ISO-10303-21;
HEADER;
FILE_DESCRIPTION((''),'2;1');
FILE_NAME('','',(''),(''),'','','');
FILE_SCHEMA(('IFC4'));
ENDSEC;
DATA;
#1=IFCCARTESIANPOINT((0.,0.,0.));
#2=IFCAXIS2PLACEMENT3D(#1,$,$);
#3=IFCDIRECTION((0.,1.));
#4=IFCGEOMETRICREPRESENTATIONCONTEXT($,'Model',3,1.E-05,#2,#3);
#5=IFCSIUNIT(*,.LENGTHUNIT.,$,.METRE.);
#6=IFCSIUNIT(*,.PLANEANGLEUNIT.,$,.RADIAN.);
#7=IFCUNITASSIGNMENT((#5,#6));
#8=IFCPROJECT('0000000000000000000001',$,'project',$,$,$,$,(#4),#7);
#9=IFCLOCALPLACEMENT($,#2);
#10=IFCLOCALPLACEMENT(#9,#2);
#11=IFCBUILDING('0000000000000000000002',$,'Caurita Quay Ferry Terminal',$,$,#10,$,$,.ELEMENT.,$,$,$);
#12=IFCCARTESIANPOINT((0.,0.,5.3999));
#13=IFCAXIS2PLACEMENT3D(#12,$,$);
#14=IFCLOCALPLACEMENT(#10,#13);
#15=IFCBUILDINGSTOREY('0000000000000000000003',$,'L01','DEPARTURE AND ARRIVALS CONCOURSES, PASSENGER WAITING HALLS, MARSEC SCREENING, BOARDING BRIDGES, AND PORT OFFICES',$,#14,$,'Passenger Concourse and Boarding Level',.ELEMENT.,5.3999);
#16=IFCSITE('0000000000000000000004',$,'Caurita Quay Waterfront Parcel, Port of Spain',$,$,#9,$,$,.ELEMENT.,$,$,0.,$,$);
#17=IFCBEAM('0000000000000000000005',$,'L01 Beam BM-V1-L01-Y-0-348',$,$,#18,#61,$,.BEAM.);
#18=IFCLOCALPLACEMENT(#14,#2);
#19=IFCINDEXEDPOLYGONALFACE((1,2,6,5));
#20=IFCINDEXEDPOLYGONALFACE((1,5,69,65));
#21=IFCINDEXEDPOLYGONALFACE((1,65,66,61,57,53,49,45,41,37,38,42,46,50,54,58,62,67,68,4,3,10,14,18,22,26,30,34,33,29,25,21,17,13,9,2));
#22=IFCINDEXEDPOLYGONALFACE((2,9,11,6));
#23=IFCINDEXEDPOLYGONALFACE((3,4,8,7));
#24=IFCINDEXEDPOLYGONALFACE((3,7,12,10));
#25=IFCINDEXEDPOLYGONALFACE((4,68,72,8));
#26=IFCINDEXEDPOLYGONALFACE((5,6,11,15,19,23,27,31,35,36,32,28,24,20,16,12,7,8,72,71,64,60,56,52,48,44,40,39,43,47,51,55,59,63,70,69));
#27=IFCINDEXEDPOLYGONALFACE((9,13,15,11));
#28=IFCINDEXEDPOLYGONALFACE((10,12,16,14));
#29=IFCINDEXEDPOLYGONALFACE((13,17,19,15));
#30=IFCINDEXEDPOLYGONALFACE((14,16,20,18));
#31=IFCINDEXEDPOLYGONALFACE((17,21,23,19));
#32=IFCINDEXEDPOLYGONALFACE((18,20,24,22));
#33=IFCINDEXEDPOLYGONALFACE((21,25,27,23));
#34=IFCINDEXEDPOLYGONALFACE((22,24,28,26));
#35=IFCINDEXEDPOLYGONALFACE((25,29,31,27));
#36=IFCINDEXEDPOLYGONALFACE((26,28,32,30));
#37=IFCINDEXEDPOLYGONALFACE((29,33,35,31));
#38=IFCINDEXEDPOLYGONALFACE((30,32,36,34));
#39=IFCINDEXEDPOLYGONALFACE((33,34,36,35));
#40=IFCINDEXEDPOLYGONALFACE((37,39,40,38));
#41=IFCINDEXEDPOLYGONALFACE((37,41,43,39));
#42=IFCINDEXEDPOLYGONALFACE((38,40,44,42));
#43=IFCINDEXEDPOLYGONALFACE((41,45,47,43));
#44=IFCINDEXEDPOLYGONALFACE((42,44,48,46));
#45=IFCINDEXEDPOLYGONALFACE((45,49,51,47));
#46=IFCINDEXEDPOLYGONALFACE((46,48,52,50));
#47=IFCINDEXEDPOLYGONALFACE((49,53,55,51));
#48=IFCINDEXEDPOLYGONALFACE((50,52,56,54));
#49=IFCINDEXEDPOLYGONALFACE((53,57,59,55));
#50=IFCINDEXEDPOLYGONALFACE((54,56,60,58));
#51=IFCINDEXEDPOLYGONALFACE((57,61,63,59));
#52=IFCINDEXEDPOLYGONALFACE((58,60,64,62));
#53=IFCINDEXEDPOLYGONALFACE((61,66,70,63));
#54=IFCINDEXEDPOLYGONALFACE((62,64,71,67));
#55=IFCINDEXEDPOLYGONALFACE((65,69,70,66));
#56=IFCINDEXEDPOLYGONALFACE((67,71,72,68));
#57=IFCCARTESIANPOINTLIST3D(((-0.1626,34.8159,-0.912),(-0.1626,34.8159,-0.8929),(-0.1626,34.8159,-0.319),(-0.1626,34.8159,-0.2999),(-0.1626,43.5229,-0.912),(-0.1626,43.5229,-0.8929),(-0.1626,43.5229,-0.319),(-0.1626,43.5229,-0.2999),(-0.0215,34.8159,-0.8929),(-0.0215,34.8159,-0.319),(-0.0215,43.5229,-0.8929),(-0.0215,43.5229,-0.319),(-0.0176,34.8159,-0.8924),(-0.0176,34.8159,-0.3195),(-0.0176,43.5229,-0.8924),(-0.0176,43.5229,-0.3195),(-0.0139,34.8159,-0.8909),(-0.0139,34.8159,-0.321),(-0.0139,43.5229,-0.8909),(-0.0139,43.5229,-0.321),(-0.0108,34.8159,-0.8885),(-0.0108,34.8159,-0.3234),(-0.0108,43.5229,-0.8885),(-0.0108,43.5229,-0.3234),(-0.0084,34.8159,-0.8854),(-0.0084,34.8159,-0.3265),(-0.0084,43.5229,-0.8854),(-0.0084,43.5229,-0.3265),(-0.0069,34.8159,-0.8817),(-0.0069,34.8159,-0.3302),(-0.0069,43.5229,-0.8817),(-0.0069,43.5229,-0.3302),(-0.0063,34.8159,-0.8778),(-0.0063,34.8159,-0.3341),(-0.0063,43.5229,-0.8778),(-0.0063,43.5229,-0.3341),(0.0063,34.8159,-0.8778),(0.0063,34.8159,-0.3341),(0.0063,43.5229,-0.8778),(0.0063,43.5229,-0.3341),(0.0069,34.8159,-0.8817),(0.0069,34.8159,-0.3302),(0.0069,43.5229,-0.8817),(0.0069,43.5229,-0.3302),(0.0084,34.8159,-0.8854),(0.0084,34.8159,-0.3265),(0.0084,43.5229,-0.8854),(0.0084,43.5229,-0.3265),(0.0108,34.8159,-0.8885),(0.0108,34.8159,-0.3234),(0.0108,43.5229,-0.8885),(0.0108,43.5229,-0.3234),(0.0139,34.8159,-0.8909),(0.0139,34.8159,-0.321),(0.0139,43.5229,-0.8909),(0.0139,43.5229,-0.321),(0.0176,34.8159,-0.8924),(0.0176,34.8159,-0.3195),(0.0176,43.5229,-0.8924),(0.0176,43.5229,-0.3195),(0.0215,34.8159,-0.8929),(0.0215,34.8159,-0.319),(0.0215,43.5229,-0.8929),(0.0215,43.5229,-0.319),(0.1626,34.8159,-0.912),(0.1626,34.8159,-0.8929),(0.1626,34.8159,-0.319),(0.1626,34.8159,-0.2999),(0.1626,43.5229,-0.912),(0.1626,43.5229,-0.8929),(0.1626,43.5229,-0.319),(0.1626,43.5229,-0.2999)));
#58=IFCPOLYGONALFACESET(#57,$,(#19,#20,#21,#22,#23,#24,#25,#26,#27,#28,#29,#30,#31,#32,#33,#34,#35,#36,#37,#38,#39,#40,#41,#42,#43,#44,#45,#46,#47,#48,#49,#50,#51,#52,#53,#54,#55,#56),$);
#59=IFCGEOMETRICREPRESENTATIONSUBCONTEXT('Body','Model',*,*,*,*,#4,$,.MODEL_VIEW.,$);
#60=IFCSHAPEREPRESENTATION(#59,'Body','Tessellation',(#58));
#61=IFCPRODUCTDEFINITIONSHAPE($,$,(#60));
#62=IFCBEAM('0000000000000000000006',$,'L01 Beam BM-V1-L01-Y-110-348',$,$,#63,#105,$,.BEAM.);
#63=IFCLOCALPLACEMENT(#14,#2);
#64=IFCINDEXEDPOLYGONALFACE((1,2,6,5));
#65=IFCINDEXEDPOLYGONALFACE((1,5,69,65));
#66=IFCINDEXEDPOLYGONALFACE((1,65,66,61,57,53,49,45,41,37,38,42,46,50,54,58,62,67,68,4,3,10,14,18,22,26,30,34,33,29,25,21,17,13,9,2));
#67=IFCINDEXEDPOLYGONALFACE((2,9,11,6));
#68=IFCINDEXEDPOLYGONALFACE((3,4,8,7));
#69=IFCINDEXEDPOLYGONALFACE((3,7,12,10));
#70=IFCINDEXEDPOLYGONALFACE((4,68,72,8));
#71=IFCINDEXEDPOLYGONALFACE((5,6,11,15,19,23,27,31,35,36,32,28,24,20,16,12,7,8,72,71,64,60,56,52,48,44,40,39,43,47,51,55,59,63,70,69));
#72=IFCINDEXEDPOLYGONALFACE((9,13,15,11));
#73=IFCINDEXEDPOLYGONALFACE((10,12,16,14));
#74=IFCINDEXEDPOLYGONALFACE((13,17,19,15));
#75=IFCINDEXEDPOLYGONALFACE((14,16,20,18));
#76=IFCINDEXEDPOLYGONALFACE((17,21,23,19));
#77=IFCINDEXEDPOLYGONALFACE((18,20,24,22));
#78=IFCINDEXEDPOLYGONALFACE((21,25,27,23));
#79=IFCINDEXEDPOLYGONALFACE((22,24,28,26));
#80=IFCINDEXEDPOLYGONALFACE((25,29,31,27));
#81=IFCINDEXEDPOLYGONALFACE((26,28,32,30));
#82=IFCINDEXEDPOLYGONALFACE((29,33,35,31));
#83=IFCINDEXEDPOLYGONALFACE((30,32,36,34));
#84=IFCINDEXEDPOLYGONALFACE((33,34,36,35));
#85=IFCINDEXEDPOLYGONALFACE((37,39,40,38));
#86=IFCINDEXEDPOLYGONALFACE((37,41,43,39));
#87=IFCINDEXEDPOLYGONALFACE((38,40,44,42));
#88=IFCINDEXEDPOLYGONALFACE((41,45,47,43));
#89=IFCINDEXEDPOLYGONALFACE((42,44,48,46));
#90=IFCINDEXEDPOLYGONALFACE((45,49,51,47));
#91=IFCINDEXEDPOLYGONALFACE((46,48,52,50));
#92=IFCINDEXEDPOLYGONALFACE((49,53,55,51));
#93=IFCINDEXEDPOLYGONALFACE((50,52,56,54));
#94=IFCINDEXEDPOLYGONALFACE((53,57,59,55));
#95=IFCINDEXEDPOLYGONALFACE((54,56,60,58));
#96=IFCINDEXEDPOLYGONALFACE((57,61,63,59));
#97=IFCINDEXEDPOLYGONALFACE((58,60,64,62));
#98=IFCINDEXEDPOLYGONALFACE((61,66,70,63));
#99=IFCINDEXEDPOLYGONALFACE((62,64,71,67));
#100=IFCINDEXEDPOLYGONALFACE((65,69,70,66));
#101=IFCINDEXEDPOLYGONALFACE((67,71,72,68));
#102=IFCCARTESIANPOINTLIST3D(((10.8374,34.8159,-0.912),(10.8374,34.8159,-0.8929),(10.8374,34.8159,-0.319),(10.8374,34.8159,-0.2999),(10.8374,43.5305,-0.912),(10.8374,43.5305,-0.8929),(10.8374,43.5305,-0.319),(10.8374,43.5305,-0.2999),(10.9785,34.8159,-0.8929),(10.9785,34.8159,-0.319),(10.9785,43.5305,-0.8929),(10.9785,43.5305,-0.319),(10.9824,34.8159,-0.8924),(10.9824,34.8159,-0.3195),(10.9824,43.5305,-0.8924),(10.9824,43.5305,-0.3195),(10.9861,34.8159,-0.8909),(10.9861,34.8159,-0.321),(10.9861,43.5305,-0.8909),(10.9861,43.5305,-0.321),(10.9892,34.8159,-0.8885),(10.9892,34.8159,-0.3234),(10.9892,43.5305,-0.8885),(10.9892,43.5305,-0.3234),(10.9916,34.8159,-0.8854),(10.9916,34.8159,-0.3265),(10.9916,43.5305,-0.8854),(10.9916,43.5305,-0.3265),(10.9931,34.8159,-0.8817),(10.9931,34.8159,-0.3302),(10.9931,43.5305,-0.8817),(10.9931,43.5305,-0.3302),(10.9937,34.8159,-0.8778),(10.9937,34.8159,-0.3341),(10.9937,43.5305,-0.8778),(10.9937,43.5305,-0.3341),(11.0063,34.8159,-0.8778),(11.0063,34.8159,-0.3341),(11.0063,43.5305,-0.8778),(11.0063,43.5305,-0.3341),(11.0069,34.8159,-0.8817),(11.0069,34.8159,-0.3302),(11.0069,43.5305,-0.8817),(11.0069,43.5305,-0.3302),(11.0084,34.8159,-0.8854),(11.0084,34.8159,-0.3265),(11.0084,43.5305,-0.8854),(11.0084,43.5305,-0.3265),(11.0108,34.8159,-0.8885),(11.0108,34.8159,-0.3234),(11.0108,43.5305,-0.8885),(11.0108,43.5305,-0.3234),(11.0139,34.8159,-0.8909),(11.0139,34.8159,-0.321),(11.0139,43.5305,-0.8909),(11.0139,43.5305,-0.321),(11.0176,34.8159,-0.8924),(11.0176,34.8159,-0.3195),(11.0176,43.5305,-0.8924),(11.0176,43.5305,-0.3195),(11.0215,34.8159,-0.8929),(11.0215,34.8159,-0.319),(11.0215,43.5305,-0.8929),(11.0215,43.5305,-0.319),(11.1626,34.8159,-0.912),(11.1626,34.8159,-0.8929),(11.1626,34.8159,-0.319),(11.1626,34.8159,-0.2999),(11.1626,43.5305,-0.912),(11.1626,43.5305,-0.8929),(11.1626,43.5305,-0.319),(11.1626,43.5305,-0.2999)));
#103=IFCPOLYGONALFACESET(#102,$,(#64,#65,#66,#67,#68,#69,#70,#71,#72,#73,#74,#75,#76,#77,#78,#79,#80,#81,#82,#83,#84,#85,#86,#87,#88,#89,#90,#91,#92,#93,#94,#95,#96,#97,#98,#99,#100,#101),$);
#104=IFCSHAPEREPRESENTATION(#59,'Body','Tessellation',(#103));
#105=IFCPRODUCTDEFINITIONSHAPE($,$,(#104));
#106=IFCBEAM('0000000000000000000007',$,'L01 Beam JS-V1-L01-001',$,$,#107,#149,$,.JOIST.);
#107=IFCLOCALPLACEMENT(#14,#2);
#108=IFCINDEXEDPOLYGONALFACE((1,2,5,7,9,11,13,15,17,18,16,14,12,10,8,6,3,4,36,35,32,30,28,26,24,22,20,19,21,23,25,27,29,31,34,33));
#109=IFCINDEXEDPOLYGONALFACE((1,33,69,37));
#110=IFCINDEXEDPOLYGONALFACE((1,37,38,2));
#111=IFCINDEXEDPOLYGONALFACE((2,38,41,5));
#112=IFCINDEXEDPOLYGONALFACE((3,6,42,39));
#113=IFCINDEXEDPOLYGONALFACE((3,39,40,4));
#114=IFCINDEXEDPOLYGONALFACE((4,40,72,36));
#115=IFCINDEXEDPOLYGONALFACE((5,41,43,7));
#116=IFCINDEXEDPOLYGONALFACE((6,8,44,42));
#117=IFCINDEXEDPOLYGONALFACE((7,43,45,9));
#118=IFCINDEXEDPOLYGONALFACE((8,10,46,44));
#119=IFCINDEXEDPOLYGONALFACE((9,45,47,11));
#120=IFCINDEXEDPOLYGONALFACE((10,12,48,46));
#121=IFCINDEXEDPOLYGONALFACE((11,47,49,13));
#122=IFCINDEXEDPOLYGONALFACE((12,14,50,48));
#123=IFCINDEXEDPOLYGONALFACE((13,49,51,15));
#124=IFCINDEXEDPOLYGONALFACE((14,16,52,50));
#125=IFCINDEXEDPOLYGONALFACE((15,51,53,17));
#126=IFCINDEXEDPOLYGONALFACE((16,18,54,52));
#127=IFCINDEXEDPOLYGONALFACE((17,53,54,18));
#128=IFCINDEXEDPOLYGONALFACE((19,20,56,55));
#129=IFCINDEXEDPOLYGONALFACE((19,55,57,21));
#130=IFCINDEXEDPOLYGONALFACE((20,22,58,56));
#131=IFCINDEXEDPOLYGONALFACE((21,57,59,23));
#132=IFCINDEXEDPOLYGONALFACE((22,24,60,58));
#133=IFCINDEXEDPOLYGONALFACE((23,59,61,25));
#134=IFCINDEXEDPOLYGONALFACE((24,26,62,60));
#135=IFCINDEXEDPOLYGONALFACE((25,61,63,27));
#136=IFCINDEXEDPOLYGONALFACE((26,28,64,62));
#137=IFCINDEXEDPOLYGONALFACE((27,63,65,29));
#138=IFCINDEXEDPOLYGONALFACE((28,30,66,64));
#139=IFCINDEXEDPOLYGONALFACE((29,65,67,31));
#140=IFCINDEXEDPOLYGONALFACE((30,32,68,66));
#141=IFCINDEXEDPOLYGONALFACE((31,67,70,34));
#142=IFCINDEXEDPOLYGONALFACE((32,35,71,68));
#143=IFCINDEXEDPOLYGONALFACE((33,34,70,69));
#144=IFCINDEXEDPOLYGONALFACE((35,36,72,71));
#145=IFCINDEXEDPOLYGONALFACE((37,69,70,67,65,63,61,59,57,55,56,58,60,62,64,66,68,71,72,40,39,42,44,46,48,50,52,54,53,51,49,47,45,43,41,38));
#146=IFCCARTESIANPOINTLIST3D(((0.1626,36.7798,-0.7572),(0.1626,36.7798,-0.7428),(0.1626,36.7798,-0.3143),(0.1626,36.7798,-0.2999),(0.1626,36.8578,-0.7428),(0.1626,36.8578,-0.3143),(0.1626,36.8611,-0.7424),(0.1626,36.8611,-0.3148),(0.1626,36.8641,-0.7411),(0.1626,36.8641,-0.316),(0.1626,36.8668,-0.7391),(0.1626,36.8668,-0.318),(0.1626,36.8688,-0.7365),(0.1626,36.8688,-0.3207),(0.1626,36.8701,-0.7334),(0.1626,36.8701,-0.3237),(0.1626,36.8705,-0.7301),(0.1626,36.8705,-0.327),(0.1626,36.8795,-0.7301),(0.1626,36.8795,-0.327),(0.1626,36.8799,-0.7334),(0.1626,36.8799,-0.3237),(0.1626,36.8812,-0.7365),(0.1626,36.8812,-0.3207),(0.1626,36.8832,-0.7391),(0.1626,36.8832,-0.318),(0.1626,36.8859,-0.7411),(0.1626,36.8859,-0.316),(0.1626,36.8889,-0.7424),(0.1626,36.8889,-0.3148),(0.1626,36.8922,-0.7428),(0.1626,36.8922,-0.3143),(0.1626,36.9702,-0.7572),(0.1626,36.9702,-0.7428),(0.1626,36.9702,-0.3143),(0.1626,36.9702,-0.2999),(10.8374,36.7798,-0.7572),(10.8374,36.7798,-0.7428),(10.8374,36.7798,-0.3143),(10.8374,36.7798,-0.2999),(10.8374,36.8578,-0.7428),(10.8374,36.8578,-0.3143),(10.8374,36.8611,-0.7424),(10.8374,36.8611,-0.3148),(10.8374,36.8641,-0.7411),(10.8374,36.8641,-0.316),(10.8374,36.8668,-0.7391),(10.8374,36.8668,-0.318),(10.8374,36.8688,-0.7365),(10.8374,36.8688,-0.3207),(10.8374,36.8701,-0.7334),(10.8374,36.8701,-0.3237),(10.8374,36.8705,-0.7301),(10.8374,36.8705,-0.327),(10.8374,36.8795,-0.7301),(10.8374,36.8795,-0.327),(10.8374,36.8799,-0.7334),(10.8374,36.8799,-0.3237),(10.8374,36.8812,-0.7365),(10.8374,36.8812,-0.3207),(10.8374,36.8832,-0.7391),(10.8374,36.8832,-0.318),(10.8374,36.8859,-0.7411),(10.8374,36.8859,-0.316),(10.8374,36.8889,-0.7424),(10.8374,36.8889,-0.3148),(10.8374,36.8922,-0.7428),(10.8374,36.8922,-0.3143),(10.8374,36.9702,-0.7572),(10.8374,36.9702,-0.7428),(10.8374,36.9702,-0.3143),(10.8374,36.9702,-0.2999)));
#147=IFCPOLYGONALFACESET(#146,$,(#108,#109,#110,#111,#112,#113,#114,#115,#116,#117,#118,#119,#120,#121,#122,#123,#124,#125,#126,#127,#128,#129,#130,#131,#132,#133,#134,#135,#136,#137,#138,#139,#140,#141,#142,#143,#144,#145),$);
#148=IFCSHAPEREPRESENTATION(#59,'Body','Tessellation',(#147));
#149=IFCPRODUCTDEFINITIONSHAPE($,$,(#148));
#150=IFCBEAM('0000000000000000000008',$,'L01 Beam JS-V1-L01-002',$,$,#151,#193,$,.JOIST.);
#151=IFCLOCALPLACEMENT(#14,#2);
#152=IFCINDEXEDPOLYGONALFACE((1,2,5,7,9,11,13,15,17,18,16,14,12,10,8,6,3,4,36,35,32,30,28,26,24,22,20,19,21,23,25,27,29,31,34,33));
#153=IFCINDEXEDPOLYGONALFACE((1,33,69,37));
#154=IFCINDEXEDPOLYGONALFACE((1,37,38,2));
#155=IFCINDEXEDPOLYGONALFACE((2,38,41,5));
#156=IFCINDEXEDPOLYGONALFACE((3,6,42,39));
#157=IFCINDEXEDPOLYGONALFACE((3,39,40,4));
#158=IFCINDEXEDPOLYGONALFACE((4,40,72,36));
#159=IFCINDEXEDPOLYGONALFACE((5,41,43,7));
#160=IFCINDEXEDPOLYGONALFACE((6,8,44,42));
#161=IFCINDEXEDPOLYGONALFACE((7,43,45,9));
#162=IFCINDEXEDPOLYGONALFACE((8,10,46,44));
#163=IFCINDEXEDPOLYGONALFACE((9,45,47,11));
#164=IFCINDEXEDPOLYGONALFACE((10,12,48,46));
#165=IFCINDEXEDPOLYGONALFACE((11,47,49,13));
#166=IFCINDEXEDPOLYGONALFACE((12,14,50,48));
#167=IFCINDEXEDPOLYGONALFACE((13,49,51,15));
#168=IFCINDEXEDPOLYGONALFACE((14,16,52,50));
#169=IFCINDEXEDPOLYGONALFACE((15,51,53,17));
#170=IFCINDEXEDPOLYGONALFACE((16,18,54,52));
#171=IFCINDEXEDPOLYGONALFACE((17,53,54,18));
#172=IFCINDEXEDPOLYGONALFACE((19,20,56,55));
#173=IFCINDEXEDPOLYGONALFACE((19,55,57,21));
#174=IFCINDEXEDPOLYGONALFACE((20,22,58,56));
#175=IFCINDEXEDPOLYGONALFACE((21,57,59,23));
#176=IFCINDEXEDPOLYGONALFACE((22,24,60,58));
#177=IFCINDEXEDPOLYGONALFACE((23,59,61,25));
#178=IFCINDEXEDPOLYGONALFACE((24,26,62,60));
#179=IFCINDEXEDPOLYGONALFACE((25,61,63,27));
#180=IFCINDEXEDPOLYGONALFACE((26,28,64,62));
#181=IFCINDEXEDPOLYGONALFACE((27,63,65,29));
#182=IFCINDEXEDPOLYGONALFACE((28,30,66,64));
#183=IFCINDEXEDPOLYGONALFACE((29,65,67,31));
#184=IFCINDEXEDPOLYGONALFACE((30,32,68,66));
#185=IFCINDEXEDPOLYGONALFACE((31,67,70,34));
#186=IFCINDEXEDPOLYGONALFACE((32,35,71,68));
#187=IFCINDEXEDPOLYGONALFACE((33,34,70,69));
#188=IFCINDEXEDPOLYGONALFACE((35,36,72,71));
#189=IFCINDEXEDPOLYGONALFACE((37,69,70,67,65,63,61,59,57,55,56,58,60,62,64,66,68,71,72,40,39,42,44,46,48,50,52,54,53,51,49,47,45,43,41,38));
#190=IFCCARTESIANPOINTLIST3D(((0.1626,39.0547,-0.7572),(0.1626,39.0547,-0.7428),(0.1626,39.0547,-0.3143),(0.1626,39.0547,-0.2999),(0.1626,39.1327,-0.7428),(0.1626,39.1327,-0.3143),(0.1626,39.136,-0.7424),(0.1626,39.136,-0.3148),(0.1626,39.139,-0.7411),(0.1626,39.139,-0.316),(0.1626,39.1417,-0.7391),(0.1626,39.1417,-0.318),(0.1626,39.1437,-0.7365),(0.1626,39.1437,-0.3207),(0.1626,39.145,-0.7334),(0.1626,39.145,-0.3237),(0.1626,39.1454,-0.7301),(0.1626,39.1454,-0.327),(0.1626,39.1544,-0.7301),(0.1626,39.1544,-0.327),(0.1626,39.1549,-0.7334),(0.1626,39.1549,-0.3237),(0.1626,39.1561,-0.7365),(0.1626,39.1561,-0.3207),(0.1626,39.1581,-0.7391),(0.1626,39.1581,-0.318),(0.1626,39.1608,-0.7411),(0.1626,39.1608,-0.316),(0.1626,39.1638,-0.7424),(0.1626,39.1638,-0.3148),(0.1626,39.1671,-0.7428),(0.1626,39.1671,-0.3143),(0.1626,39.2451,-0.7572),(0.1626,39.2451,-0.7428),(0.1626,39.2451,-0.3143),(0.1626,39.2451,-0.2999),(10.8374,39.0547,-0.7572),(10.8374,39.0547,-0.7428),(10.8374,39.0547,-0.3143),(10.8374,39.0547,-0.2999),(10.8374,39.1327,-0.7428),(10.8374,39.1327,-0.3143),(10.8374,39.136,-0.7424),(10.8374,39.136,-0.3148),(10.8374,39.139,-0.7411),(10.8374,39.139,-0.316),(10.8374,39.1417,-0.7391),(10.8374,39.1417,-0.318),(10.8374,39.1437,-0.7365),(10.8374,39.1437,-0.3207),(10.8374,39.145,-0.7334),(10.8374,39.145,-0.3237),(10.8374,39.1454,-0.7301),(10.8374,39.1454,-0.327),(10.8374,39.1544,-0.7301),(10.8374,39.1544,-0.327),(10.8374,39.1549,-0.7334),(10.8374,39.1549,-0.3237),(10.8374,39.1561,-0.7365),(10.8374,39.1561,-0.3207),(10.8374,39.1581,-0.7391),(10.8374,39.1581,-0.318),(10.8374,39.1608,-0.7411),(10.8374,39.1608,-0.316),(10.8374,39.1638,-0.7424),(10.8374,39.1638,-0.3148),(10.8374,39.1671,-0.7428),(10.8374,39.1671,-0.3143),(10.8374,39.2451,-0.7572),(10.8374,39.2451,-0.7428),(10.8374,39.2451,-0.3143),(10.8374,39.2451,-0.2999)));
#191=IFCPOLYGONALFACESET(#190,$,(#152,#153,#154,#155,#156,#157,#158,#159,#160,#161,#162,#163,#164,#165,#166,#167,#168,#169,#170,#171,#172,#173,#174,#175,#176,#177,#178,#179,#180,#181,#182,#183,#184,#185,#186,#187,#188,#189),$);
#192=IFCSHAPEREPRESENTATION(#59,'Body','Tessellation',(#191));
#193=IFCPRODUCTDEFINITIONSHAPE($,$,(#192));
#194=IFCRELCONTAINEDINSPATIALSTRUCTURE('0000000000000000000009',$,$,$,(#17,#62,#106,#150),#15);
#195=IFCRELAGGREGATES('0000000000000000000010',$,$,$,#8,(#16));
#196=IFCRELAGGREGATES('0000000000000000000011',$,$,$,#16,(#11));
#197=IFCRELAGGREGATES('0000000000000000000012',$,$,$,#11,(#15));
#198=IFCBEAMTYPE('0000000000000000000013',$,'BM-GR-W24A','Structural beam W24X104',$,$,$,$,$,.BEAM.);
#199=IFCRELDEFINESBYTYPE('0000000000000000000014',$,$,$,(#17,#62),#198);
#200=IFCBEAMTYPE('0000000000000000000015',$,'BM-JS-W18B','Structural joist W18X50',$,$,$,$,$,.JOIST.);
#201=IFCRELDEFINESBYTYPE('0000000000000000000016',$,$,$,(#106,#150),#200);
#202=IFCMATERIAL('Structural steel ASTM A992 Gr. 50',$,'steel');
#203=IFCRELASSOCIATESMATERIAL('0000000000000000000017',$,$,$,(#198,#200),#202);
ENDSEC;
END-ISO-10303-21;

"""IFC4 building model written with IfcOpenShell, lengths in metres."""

from ifc_helpers import new_model, si_unit, direction, frame, origin, origin_2d, place, context, subcontext, project, spatial, i_section, extrude, material, material_profile, profile_set, type_object, element, save


model = new_model("IFC4")

# Units and contexts
model_context = context("Model", 3, precision=1e-05, world=origin(), true_north=direction((0.0, 1.0)))
body_context = subcontext(model_context, "Body", "Model", "MODEL_VIEW")
ifc_project = project(units=[si_unit("LENGTHUNIT", "METRE"), si_unit("PLANEANGLEUNIT", "RADIAN")], contexts=[model_context])

# Site, building, storey
site_placement = place(None, origin())
site = spatial("IfcSite", under=ifc_project, at=site_placement, Name="Caurita Quay Waterfront Parcel, Port of Spain", CompositionType="ELEMENT", RefElevation=0.0)
building_placement = place(site_placement, origin())
building = spatial("IfcBuilding", under=site, at=building_placement, Name="Caurita Quay Ferry Terminal", CompositionType="ELEMENT")
storey_placement = place(building_placement, frame((0.0, 0.0, 5.3999)))
storey = spatial("IfcBuildingStorey", under=building, at=storey_placement, Name="L01", Description="DEPARTURE AND ARRIVALS CONCOURSES, PASSENGER WAITING HALLS, MARSEC SCREENING, BOARDING BRIDGES, AND PORT OFFICES", LongName="Passenger Concourse and Boarding Level", CompositionType="ELEMENT", Elevation=5.3999)

# Beams
ifc_material_1 = material(Name="Structural steel ASTM A992 Gr. 50", Category="steel")
ifc_material_profile_1 = material_profile(ifc_material_1, i_section(OverallWidth=0.3252, OverallDepth=0.6121, WebThickness=0.0127, FlangeThickness=0.019, FilletRadius=0.0151, at=origin_2d()), Name="W24X104")
ifc_profile_set_1 = profile_set([ifc_material_profile_1], Name="Structural steel ASTM A992 Gr. 50")
beam_type_1 = type_object("IfcBeamType", Name="BM-GR-W24A", Description="Structural beam W24X104", PredefinedType="BEAM", material=ifc_profile_set_1)
beam_1_placement = place(storey_placement, frame((0.0, 34.8159, -0.606), z_axis=(0.0, 1.0, 0.0), x_axis=(-1.0, 0.0, 0.0)))
element("IfcBeam", 1, at=beam_1_placement, inside=storey, type_object=beam_type_1, Name="L01 Beam BM-V1-L01-Y-0-348", PredefinedType="BEAM", context=body_context, shape_type="SweptSolid", body=[
    extrude(i_section(OverallWidth=0.3252, OverallDepth=0.6121, WebThickness=0.0127, FlangeThickness=0.019, FilletRadius=0.0151, at=origin_2d()), origin(), (0.0, 0.0, 1.0), 8.707),
])
beam_2_placement = place(storey_placement, frame((11.0, 34.8159, -0.606), z_axis=(0.0, 1.0, 0.0), x_axis=(-1.0, 0.0, 0.0)))
element("IfcBeam", 2, at=beam_2_placement, inside=storey, type_object=beam_type_1, Name="L01 Beam BM-V1-L01-Y-110-348", PredefinedType="BEAM", context=body_context, shape_type="SweptSolid", body=[
    extrude(i_section(OverallWidth=0.3252, OverallDepth=0.6121, WebThickness=0.0127, FlangeThickness=0.019, FilletRadius=0.0151, at=origin_2d()), origin(), (0.0, 0.0, 1.0), 8.7146),
])
ifc_material_profile_2 = material_profile(ifc_material_1, i_section(OverallWidth=0.1904, OverallDepth=0.4573, WebThickness=0.009, FlangeThickness=0.0144, FilletRadius=0.0127, at=origin_2d()), Name="W18X50")
ifc_profile_set_2 = profile_set([ifc_material_profile_2], Name="Structural steel ASTM A992 Gr. 50")
beam_type_2 = type_object("IfcBeamType", Name="BM-JS-W18B", Description="Structural joist W18X50", PredefinedType="JOIST", material=ifc_profile_set_2)
for number, where, z_axis, x_axis, name in (
    (3, (0.1626, 36.875, -0.5286), (1.0, 0.0, 0.0), (0.0, 1.0, 0.0), "L01 Beam JS-V1-L01-001"),
    (4, (0.1626, 39.1499, -0.5286), (1.0, 0.0, 0.0), (0.0, 1.0, 0.0), "L01 Beam JS-V1-L01-002"),
):
    element("IfcBeam", number, at=place(storey_placement, frame(where, z_axis=z_axis, x_axis=x_axis)), inside=storey, type_object=beam_type_2, Name=name, PredefinedType="JOIST", context=body_context, shape_type="SweptSolid", body=[
        extrude(i_section(OverallWidth=0.1904, OverallDepth=0.4573, WebThickness=0.009, FlangeThickness=0.0144, FilletRadius=0.0127, at=origin_2d()), origin(), (0.0, 0.0, 1.0), 10.6748),
    ])

save(model, "model.ifc")
